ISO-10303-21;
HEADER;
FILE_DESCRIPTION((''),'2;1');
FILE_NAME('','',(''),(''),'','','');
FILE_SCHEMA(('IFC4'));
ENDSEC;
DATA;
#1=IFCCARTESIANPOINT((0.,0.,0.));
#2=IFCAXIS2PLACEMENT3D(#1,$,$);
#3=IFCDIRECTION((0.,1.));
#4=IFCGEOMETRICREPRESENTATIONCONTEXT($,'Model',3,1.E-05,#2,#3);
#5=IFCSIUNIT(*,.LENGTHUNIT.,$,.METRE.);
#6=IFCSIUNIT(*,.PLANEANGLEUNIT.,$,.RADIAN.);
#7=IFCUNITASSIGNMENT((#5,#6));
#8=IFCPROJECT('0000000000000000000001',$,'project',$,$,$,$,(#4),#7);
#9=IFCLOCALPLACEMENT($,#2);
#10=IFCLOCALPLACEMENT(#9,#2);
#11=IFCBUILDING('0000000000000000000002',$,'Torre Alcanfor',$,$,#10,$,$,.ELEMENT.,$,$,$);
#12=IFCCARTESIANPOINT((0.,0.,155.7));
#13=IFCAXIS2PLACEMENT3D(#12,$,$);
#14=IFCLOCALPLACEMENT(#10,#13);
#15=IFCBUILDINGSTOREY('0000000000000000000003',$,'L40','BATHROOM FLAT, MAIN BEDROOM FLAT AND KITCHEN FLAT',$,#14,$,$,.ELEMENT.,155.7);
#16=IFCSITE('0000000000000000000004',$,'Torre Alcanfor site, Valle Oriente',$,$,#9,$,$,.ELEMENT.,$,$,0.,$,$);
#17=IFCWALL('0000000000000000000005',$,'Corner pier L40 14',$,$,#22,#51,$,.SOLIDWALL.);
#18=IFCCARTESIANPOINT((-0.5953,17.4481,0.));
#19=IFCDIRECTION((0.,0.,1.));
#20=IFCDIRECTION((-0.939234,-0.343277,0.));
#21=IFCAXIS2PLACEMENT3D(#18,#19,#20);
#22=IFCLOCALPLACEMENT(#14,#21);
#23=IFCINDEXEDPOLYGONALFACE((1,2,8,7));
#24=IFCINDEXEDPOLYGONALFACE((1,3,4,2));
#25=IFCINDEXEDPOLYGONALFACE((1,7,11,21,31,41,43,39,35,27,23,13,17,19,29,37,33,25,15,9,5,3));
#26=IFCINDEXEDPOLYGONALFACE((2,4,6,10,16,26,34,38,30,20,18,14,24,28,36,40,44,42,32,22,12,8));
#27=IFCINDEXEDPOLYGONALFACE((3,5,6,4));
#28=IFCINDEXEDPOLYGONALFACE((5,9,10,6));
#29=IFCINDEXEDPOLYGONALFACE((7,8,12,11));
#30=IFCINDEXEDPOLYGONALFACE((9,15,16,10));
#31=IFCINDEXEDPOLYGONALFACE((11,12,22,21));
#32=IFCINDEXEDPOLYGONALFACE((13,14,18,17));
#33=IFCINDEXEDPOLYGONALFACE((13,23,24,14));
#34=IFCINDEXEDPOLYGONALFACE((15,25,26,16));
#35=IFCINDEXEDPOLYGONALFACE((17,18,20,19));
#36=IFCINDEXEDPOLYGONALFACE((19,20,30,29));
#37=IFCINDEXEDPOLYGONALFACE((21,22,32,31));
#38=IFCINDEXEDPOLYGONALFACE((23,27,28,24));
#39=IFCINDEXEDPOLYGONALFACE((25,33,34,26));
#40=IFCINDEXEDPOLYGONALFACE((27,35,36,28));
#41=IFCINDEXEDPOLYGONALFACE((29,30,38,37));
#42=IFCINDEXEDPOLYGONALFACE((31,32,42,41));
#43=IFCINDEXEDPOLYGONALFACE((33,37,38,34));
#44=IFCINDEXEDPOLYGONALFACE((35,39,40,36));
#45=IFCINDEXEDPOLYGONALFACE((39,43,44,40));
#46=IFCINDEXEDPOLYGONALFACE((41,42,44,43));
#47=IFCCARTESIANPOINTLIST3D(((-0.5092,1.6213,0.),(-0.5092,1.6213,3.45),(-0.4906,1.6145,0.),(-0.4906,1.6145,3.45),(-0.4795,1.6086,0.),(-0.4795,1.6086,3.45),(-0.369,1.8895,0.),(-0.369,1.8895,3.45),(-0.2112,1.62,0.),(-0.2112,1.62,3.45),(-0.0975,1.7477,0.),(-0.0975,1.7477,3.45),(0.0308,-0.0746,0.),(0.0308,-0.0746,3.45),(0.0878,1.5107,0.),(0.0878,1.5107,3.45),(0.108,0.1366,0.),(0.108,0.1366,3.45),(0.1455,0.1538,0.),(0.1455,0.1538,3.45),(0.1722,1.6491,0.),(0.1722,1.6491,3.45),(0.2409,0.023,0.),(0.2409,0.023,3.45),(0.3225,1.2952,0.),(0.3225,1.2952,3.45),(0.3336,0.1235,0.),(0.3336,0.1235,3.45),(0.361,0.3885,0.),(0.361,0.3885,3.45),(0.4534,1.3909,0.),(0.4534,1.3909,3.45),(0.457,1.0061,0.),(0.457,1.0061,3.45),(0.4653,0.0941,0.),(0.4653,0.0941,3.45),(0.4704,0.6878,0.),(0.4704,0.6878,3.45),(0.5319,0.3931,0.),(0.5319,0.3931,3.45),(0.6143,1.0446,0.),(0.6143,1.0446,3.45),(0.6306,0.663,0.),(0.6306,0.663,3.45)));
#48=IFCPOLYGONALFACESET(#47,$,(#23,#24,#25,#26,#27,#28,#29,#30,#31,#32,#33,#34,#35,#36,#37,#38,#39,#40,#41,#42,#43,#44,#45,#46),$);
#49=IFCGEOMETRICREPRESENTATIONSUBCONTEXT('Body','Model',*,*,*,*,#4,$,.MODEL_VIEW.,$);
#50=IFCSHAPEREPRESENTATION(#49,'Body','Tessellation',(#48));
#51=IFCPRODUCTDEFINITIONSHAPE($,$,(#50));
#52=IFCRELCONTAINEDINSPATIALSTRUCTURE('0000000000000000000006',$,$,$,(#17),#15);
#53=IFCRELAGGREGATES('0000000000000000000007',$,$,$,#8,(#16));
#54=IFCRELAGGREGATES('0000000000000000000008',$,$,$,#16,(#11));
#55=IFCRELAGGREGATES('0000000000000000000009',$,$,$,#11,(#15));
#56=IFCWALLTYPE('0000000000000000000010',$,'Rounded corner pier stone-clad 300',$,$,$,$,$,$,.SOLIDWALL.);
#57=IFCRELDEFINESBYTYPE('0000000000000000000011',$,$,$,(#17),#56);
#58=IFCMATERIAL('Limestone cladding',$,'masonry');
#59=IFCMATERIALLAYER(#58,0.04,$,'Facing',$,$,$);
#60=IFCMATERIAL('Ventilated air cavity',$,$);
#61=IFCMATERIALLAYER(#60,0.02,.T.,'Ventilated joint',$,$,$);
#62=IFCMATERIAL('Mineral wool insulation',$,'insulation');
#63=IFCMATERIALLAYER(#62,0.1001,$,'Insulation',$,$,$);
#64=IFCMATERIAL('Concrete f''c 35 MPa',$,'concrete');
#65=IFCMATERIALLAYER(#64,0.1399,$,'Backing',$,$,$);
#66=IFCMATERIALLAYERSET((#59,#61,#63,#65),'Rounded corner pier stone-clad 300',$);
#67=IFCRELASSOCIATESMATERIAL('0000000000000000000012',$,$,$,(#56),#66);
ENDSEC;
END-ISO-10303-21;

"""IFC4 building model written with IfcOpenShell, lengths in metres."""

from ifc_helpers import new_model, si_unit, direction, frame, origin, place, context, subcontext, project, spatial, polyline, outline, extrude, material, layer, layer_set, type_object, element, save


model = new_model("IFC4")

# Units and contexts
model_context = context("Model", 3, precision=1e-05, world=origin(), true_north=direction((0.0, 1.0)))
body_context = subcontext(model_context, "Body", "Model", "MODEL_VIEW")
ifc_project = project(units=[si_unit("LENGTHUNIT", "METRE"), si_unit("PLANEANGLEUNIT", "RADIAN")], contexts=[model_context])

# Site, building, storey
site_placement = place(None, origin())
site = spatial("IfcSite", under=ifc_project, at=site_placement, Name="Torre Alcanfor site, Valle Oriente", CompositionType="ELEMENT", RefElevation=0.0)
building_placement = place(site_placement, origin())
building = spatial("IfcBuilding", under=site, at=building_placement, Name="Torre Alcanfor", CompositionType="ELEMENT")
storey_placement = place(building_placement, frame((0.0, 0.0, 155.7)))
storey = spatial("IfcBuildingStorey", under=building, at=storey_placement, Name="L40", Description="BATHROOM FLAT, MAIN BEDROOM FLAT AND KITCHEN FLAT", CompositionType="ELEMENT", Elevation=155.7)

# Shared definitions
ifc_material_1 = material(Name="Limestone cladding", Category="masonry")
ifc_material_2 = material(Name="Ventilated air cavity")
ifc_material_3 = material(Name="Mineral wool insulation", Category="insulation")
ifc_material_4 = material(Name="Concrete f'c 35 MPa", Category="concrete")

# Wall
ifc_layer_1 = layer(ifc_material_1, 0.04, Name="Facing")
ifc_layer_2 = layer(ifc_material_2, 0.02, ventilated=True, Name="Ventilated joint")
ifc_layer_3 = layer(ifc_material_3, 0.1001, Name="Insulation")
ifc_layer_4 = layer(ifc_material_4, 0.1399, Name="Backing")
ifc_layer_set_1 = layer_set([ifc_layer_1, ifc_layer_2, ifc_layer_3, ifc_layer_4], Name="Rounded corner pier stone-clad 300")
wall_type_1 = type_object("IfcWallType", Name="Rounded corner pier stone-clad 300", PredefinedType="SOLIDWALL", material=ifc_layer_set_1)
wall_1_placement = place(storey_placement, frame((-0.5953, 17.4481, 0.0), z_axis=(0.0, 0.0, 1.0), x_axis=(-0.939234, -0.343277, 0.0)))
element("IfcWall", 1, at=wall_1_placement, inside=storey, type_object=wall_type_1, Name="Corner pier L40 14", PredefinedType="SOLIDWALL", context=body_context, shape_type="SweptSolid", body=[
    extrude(outline(polyline([(-0.369, 1.8895), (-0.5092, 1.6213), (-0.4906, 1.6145), (-0.4795, 1.6086), (-0.2112, 1.62), (0.0878, 1.5107), (0.3225, 1.2952), (0.457, 1.0061), (0.4704, 0.6878), (0.361, 0.3885), (0.1455, 0.1538), (0.108, 0.1366), (0.0308, -0.0746), (0.2409, 0.023), (0.3336, 0.1235), (0.4653, 0.0941), (0.5319, 0.3931), (0.6306, 0.663), (0.6143, 1.0446), (0.4534, 1.3909), (0.1722, 1.6491), (-0.0975, 1.7477), (-0.369, 1.8895)])), origin(), (0.0, 0.0, 1.0), 3.45),
])

save(model, "model.ifc")
